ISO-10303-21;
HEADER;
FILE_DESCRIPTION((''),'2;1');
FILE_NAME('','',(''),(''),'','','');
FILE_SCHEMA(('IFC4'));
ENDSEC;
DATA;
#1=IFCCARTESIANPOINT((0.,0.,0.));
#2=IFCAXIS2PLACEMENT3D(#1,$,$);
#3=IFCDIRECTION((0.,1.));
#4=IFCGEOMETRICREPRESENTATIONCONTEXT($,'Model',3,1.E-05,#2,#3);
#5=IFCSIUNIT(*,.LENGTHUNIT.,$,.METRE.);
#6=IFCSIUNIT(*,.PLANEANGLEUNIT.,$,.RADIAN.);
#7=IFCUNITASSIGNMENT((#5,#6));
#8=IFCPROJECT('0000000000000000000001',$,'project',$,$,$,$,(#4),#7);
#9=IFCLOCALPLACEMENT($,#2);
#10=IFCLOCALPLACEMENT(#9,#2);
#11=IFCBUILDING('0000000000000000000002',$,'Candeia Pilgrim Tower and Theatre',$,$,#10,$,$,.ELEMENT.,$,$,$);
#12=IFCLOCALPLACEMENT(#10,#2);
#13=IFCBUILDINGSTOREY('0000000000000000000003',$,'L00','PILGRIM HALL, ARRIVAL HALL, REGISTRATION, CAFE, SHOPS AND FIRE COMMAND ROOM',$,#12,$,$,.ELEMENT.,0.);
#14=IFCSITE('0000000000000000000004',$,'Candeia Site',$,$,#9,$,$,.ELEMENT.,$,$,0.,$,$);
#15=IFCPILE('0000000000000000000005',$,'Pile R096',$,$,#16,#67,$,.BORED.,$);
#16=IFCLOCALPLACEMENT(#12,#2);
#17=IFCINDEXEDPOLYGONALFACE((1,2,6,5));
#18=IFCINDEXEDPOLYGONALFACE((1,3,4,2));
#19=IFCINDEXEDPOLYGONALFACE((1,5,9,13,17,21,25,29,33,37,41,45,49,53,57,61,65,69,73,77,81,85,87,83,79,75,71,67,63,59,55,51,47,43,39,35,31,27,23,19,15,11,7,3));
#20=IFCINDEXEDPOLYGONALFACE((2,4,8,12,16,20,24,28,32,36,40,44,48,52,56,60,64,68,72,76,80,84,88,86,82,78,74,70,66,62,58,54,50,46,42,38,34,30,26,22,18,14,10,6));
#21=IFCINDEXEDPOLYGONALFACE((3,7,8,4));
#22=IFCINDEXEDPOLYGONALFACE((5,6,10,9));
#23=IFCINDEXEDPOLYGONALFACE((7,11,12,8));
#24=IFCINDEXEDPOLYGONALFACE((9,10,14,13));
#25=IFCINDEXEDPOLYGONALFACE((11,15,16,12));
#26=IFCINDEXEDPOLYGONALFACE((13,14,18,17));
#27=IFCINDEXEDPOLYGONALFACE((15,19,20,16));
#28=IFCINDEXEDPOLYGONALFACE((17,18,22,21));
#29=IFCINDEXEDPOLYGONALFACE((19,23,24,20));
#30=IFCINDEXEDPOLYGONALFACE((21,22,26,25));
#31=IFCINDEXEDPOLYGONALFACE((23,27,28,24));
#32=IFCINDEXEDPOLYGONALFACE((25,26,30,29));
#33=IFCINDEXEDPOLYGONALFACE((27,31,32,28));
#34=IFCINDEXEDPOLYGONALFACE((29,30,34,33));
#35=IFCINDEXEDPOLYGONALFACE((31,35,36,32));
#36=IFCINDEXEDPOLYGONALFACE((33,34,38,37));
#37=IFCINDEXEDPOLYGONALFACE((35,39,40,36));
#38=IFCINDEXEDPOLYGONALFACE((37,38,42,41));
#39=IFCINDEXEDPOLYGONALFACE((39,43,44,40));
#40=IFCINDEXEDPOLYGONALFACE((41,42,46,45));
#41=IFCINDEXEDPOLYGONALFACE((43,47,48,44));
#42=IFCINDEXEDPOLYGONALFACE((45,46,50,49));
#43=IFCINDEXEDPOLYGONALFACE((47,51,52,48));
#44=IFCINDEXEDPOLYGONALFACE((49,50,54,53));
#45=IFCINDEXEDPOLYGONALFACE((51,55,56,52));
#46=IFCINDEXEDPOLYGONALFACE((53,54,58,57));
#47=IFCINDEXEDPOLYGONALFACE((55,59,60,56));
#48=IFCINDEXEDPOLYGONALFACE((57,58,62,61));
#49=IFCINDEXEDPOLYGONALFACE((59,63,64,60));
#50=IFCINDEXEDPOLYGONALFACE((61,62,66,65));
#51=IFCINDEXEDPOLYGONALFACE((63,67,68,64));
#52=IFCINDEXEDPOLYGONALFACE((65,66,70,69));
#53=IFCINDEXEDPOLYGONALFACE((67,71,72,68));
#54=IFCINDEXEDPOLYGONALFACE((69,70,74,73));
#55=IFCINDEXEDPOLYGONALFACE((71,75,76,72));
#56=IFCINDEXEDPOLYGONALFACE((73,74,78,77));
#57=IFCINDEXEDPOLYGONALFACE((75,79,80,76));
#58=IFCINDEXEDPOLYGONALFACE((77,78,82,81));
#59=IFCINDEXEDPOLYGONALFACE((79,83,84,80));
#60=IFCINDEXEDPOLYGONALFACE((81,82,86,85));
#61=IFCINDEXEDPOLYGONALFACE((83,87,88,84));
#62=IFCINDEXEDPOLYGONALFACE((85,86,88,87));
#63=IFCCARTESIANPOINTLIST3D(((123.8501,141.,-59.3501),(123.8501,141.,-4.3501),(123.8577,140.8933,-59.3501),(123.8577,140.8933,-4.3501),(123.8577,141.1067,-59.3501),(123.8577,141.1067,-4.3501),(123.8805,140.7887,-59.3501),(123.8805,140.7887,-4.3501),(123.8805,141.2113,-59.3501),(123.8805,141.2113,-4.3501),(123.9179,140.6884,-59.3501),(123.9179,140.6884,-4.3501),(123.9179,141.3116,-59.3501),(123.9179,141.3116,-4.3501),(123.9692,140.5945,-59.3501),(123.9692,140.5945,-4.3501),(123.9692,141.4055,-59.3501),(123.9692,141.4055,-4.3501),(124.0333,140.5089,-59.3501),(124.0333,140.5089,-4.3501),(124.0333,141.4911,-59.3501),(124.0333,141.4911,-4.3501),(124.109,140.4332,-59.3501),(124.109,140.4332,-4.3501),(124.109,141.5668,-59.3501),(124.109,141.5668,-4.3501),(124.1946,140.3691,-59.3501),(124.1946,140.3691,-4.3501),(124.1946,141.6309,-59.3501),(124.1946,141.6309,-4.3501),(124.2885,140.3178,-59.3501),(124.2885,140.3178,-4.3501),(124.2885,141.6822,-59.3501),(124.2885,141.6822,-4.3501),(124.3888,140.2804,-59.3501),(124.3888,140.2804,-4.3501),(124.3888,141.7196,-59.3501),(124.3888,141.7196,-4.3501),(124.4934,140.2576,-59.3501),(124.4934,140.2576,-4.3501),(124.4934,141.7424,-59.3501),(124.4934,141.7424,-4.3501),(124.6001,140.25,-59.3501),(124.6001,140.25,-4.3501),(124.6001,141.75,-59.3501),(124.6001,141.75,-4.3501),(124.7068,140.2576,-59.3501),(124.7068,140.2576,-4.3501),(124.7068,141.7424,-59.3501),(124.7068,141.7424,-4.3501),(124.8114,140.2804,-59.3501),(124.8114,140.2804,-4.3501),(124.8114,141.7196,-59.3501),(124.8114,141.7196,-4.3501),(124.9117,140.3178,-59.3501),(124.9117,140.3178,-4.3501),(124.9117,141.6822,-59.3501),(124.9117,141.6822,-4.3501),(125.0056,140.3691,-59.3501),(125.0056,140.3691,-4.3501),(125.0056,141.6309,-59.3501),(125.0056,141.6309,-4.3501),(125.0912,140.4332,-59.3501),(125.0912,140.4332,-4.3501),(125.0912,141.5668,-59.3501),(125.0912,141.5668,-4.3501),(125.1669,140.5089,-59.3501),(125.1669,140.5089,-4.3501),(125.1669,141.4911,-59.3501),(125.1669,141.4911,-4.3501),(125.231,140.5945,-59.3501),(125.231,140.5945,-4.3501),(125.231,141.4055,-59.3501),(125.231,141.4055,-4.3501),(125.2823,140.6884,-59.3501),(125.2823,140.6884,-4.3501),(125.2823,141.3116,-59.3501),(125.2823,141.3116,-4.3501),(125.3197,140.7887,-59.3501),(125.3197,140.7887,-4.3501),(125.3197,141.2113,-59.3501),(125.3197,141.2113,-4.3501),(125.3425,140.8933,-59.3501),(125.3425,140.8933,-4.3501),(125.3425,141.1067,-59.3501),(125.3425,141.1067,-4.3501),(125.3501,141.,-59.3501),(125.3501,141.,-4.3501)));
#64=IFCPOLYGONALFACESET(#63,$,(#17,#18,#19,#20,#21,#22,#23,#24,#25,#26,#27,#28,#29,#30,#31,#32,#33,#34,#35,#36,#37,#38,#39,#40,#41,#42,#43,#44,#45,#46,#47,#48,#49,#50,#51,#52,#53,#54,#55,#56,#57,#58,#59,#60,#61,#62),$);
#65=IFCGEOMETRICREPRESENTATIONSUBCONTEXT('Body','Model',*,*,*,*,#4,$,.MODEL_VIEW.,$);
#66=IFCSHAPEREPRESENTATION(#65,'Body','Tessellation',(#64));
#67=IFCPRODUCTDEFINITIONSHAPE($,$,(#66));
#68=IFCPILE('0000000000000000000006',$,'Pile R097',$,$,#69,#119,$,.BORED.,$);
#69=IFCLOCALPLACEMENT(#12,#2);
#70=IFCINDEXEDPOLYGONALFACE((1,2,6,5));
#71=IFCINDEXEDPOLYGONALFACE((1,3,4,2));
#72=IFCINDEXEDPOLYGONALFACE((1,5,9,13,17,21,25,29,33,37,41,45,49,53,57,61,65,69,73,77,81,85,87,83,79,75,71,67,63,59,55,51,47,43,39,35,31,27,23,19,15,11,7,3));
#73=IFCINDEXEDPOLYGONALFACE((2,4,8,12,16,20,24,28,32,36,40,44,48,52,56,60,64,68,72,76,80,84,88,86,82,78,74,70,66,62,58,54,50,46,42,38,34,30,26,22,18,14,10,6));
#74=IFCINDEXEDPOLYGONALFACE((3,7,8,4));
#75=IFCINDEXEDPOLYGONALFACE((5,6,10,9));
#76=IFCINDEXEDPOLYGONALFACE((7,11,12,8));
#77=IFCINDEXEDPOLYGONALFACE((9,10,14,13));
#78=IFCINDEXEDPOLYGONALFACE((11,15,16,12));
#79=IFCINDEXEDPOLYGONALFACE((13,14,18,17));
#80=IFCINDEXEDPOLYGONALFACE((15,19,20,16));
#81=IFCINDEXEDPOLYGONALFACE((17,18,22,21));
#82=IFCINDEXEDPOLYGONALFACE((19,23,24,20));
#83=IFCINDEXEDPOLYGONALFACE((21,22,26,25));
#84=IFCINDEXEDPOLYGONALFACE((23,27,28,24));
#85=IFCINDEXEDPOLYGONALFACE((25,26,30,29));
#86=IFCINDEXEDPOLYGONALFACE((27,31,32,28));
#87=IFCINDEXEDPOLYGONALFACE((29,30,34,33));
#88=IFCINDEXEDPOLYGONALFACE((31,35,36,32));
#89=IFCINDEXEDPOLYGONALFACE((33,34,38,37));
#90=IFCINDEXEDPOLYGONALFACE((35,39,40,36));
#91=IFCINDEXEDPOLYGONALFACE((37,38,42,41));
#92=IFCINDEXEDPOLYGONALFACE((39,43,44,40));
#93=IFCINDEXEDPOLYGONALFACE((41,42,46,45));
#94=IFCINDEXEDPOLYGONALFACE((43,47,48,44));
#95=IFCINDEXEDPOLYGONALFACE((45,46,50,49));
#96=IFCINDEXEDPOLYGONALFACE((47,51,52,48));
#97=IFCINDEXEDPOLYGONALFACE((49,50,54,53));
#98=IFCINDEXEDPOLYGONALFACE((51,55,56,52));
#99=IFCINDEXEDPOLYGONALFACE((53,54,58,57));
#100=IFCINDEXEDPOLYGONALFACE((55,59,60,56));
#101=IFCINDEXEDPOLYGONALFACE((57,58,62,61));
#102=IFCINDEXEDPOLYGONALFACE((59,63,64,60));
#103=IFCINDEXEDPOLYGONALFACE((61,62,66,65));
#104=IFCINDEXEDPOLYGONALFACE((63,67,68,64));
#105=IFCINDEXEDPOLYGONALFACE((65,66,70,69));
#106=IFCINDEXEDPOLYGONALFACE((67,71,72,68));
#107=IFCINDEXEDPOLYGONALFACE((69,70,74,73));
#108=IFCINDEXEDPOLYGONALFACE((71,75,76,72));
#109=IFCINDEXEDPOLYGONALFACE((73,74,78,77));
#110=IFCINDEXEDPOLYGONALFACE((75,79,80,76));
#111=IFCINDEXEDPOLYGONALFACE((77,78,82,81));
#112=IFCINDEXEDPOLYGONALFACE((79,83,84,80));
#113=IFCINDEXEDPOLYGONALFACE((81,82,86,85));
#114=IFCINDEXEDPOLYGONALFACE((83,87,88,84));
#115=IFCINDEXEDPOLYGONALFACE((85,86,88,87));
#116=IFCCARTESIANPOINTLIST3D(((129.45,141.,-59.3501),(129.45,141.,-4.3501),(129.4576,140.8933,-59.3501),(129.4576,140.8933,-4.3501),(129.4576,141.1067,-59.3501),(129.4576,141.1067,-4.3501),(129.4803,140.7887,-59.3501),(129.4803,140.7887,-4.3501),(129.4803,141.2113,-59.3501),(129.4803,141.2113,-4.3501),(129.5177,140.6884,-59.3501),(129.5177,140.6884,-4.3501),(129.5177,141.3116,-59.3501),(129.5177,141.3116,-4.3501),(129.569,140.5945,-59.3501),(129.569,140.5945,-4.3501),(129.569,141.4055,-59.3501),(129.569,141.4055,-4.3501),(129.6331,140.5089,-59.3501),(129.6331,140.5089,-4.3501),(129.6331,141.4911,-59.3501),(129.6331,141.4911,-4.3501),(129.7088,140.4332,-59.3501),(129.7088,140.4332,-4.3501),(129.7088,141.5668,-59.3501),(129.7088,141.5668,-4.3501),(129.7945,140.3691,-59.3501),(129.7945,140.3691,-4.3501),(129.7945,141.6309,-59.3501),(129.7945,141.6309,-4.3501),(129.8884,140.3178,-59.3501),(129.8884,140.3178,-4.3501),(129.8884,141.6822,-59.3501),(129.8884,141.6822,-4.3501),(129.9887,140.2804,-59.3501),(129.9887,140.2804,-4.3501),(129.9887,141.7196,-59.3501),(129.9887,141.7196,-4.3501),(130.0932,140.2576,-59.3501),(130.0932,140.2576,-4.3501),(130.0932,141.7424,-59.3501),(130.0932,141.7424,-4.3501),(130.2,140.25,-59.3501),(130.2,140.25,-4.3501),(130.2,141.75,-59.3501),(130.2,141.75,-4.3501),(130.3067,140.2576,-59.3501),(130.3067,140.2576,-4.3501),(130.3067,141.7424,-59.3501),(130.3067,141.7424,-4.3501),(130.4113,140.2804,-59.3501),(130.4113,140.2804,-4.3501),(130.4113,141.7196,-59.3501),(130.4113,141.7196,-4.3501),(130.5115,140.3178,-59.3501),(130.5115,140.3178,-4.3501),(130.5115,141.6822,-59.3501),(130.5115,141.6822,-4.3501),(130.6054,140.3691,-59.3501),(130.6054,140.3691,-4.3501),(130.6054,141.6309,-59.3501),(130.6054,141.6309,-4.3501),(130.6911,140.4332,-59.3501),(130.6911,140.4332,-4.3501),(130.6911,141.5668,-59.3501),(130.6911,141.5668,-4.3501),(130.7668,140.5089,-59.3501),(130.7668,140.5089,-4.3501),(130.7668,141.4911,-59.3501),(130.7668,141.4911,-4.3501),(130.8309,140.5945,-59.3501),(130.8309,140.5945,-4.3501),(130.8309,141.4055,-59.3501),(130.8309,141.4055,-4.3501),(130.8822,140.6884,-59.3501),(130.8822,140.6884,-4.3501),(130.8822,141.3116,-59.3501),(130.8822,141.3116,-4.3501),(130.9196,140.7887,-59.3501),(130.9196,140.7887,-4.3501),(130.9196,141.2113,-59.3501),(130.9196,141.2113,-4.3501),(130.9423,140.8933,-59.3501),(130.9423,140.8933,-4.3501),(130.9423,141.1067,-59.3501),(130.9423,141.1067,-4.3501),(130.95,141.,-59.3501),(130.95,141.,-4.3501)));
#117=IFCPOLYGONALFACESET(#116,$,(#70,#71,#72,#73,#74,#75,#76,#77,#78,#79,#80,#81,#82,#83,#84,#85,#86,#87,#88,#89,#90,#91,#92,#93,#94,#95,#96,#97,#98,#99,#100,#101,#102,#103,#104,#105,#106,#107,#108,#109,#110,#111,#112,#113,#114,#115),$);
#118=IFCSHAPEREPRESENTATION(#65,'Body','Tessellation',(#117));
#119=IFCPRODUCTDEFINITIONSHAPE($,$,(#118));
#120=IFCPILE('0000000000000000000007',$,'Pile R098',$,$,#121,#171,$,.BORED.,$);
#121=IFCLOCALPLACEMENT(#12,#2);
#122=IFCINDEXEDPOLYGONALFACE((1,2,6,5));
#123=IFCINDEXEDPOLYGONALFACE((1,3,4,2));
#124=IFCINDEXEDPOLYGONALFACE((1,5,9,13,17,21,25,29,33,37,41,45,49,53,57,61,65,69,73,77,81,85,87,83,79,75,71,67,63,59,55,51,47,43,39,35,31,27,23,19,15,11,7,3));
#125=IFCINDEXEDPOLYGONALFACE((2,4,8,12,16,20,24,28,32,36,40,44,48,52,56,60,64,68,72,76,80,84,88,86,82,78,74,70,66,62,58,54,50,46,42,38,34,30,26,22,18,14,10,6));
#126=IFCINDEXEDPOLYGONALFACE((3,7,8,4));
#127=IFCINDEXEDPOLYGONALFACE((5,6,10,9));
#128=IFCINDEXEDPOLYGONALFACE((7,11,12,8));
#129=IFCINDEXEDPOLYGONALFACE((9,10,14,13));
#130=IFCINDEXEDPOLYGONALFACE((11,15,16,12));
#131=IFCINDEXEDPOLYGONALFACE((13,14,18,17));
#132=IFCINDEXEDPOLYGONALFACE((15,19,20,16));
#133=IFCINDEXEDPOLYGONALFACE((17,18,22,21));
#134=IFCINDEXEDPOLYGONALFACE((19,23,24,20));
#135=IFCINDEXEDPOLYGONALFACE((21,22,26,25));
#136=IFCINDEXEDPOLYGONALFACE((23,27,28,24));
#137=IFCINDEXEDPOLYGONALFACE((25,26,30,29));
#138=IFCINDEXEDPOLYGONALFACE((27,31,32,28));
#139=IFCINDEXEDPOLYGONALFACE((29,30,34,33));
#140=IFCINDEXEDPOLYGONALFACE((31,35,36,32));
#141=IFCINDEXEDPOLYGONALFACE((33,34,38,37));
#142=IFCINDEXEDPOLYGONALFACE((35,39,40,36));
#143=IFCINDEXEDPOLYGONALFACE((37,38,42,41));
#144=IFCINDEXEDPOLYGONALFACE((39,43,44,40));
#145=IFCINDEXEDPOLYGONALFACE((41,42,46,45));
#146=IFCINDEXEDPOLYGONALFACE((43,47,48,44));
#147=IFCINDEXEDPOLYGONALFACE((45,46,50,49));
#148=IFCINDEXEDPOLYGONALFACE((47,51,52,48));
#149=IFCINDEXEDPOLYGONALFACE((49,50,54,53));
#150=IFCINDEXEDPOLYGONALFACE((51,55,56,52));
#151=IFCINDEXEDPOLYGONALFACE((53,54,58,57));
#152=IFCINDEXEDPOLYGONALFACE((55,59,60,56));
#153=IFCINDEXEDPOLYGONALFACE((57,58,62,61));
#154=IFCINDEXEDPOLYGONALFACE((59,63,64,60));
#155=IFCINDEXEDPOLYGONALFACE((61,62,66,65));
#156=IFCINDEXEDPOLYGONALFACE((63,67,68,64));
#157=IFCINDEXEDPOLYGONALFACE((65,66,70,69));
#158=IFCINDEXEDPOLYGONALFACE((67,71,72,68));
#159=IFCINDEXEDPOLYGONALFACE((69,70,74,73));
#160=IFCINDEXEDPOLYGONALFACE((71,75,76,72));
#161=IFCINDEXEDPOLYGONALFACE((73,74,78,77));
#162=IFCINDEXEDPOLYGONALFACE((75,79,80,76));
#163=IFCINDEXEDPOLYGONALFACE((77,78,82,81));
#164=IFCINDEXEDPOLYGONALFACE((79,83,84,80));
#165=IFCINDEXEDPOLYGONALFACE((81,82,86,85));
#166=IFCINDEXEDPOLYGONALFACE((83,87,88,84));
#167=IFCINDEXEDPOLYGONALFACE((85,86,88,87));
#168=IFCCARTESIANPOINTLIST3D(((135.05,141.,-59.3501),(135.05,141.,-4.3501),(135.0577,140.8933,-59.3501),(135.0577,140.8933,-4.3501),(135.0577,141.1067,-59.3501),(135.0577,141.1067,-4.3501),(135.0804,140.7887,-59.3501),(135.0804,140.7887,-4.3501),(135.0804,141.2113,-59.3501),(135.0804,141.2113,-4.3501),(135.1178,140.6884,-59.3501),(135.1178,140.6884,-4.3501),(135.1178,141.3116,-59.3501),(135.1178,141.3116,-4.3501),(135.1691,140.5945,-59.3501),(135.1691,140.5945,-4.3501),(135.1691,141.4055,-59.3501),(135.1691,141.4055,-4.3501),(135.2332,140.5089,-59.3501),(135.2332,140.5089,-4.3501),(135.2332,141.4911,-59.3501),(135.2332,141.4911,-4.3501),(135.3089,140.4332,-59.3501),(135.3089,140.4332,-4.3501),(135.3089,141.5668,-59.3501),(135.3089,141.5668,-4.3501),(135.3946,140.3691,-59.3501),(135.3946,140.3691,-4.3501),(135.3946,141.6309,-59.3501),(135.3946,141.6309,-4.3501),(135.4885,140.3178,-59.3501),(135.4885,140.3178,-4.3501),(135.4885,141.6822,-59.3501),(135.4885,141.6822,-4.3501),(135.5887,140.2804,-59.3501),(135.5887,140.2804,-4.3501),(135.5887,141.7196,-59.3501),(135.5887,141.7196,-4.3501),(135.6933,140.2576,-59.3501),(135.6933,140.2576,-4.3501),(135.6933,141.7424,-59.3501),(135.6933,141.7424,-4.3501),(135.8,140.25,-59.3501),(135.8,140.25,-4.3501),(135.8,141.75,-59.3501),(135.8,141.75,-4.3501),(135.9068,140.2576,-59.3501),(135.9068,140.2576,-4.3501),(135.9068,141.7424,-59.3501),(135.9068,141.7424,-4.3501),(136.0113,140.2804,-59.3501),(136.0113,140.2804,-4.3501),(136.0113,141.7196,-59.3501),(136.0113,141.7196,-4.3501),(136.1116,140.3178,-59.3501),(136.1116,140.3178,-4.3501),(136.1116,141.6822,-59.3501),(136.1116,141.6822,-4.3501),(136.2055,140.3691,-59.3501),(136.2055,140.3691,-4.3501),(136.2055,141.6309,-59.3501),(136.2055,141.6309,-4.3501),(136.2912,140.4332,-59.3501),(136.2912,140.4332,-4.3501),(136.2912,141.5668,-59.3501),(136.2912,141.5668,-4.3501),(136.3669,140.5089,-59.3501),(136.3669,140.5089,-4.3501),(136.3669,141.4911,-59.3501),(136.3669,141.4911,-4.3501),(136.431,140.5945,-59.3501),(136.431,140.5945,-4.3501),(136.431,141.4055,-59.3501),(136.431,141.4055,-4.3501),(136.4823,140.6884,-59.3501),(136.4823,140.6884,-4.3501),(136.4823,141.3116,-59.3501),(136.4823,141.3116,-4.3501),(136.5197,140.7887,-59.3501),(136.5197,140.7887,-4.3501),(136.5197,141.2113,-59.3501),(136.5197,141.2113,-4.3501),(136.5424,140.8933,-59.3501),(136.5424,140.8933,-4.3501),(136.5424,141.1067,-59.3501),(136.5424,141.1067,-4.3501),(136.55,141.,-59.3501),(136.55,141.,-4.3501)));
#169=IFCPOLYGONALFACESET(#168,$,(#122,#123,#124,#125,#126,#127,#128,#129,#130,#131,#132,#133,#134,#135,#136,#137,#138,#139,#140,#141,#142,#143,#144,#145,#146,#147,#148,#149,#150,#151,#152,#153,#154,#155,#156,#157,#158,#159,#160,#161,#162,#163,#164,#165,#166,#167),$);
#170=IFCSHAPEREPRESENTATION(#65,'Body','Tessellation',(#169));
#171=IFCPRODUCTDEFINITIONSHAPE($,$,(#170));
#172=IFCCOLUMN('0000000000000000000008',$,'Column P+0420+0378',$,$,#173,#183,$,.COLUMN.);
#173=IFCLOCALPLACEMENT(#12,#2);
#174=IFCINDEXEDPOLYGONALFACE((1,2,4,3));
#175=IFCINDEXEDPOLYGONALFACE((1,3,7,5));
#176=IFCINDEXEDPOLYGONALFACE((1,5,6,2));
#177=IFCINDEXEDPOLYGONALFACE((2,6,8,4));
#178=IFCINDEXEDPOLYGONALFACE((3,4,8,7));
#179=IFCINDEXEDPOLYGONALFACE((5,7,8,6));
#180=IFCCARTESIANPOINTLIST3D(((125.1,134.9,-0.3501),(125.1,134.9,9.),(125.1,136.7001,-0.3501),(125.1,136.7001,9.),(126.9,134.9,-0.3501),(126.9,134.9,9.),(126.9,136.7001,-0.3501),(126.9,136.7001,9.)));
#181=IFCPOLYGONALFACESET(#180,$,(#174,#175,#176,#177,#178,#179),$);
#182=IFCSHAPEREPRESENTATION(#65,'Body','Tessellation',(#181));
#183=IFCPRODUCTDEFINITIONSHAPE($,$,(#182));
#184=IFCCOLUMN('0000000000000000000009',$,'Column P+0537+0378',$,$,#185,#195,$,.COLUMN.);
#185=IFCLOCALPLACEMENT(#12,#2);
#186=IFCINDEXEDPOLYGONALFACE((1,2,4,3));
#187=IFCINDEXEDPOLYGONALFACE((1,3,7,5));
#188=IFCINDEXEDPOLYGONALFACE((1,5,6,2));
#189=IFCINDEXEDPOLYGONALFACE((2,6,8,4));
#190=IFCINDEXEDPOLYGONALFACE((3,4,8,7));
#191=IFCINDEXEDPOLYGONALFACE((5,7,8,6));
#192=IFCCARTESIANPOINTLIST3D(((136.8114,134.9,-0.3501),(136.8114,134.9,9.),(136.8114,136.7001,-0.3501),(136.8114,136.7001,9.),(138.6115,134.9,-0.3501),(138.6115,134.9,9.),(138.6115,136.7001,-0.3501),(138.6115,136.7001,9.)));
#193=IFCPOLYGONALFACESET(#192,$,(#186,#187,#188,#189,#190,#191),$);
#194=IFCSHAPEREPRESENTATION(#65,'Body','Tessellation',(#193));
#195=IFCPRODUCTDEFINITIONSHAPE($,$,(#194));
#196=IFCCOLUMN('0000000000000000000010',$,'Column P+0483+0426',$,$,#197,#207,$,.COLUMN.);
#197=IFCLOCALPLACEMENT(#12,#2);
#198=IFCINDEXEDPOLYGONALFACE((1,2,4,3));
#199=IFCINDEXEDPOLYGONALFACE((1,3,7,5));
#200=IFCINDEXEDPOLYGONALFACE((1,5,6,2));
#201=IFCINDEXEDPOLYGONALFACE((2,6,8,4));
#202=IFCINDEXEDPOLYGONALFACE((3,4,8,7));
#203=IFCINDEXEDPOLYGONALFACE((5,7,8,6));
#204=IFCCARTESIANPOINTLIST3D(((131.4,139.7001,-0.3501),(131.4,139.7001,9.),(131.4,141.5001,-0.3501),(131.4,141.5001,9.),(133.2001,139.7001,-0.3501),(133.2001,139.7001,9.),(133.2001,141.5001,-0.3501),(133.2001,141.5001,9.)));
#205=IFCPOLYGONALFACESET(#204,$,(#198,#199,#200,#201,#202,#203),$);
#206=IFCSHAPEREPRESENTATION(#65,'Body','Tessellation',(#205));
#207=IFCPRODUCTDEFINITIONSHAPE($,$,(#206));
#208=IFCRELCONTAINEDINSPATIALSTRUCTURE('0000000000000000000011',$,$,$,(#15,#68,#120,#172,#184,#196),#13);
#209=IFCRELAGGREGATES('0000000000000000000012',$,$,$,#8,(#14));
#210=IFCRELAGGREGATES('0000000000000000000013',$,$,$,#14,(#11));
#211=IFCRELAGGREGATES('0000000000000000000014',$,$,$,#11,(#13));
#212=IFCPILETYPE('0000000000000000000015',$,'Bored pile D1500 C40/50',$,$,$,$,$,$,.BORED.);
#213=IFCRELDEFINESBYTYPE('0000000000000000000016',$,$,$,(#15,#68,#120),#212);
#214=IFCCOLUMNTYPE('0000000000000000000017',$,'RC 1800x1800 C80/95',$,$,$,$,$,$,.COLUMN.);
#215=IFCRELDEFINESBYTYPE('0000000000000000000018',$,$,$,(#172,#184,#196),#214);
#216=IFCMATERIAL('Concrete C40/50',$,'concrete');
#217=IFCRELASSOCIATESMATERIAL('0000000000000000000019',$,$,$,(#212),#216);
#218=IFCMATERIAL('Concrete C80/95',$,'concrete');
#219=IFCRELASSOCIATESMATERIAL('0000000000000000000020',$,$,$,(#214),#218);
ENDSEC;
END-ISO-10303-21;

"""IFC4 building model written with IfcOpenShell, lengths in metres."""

from ifc_helpers import new_model, si_unit, direction, frame, origin, origin_2d, place, context, subcontext, project, spatial, rectangle, circle, extrude, material, material_profile, profile_set, type_object, element, save


model = new_model("IFC4")

# Units and contexts
model_context = context("Model", 3, precision=1e-05, world=origin(), true_north=direction((0.0, 1.0)))
body_context = subcontext(model_context, "Body", "Model", "MODEL_VIEW")
ifc_project = project(units=[si_unit("LENGTHUNIT", "METRE"), si_unit("PLANEANGLEUNIT", "RADIAN")], contexts=[model_context])

# Site, building, storey
site_placement = place(None, origin())
site = spatial("IfcSite", under=ifc_project, at=site_placement, Name="Candeia Site", CompositionType="ELEMENT", RefElevation=0.0)
building_placement = place(site_placement, origin())
building = spatial("IfcBuilding", under=site, at=building_placement, Name="Candeia Pilgrim Tower and Theatre", CompositionType="ELEMENT")
storey_placement = place(building_placement, origin())
storey = spatial("IfcBuildingStorey", under=building, at=storey_placement, Name="L00", Description="PILGRIM HALL, ARRIVAL HALL, REGISTRATION, CAFE, SHOPS AND FIRE COMMAND ROOM", CompositionType="ELEMENT", Elevation=0.0)

# Piles
ifc_material_1 = material(Name="Concrete C40/50", Category="concrete")
ifc_material_profile_1 = material_profile(ifc_material_1, circle(Radius=0.75, at=origin_2d()))
ifc_profile_set_1 = profile_set([ifc_material_profile_1], Name="Concrete C40/50")
pile_type = type_object("IfcPileType", Name="Bored pile D1500 C40/50", PredefinedType="BORED", material=ifc_profile_set_1)
for number, where, z_axis, x_axis, name in (
    (1, (124.6001, 141.0, -4.3501), (0.0, 0.0, -1.0), (1.0, 0.0, 0.0), "Pile R096"),
    (2, (130.2, 141.0, -4.3501), (0.0, 0.0, -1.0), (1.0, 0.0, 0.0), "Pile R097"),
    (3, (135.8, 141.0, -4.3501), (0.0, 0.0, -1.0), (1.0, 0.0, 0.0), "Pile R098"),
):
    element("IfcPile", number, at=place(storey_placement, frame(where, z_axis=z_axis, x_axis=x_axis)), inside=storey, type_object=pile_type, Name=name, PredefinedType="BORED", context=body_context, shape_type="SweptSolid", body=[
        extrude(circle(Radius=0.75, at=origin_2d()), origin(), (0.0, 0.0, 1.0), 55.0),
    ])

# Columns
ifc_material_2 = material(Name="Concrete C80/95", Category="concrete")
ifc_material_profile_2 = material_profile(ifc_material_2, rectangle(XDim=1.8, YDim=1.8, at=origin_2d()))
ifc_profile_set_2 = profile_set([ifc_material_profile_2], Name="Concrete C80/95")
column_type = type_object("IfcColumnType", Name="RC 1800x1800 C80/95", PredefinedType="COLUMN", material=ifc_profile_set_2)
for number, where, z_axis, x_axis, name in (
    (4, (126.0, 135.8, -0.3501), (0.0, 0.0, 1.0), (1.0, 0.0, 0.0), "Column P+0420+0378"),
    (5, (137.7114, 135.8, -0.3501), (0.0, 0.0, 1.0), (1.0, 0.0, 0.0), "Column P+0537+0378"),
    (6, (132.3, 140.6001, -0.3501), (0.0, 0.0, 1.0), (1.0, 0.0, 0.0), "Column P+0483+0426"),
):
    element("IfcColumn", number, at=place(storey_placement, frame(where, z_axis=z_axis, x_axis=x_axis)), inside=storey, type_object=column_type, Name=name, PredefinedType="COLUMN", context=body_context, shape_type="SweptSolid", body=[
        extrude(rectangle(XDim=1.8, YDim=1.8, at=origin_2d()), origin(), (0.0, 0.0, 1.0), 9.3501),
    ])

save(model, "model.ifc")
